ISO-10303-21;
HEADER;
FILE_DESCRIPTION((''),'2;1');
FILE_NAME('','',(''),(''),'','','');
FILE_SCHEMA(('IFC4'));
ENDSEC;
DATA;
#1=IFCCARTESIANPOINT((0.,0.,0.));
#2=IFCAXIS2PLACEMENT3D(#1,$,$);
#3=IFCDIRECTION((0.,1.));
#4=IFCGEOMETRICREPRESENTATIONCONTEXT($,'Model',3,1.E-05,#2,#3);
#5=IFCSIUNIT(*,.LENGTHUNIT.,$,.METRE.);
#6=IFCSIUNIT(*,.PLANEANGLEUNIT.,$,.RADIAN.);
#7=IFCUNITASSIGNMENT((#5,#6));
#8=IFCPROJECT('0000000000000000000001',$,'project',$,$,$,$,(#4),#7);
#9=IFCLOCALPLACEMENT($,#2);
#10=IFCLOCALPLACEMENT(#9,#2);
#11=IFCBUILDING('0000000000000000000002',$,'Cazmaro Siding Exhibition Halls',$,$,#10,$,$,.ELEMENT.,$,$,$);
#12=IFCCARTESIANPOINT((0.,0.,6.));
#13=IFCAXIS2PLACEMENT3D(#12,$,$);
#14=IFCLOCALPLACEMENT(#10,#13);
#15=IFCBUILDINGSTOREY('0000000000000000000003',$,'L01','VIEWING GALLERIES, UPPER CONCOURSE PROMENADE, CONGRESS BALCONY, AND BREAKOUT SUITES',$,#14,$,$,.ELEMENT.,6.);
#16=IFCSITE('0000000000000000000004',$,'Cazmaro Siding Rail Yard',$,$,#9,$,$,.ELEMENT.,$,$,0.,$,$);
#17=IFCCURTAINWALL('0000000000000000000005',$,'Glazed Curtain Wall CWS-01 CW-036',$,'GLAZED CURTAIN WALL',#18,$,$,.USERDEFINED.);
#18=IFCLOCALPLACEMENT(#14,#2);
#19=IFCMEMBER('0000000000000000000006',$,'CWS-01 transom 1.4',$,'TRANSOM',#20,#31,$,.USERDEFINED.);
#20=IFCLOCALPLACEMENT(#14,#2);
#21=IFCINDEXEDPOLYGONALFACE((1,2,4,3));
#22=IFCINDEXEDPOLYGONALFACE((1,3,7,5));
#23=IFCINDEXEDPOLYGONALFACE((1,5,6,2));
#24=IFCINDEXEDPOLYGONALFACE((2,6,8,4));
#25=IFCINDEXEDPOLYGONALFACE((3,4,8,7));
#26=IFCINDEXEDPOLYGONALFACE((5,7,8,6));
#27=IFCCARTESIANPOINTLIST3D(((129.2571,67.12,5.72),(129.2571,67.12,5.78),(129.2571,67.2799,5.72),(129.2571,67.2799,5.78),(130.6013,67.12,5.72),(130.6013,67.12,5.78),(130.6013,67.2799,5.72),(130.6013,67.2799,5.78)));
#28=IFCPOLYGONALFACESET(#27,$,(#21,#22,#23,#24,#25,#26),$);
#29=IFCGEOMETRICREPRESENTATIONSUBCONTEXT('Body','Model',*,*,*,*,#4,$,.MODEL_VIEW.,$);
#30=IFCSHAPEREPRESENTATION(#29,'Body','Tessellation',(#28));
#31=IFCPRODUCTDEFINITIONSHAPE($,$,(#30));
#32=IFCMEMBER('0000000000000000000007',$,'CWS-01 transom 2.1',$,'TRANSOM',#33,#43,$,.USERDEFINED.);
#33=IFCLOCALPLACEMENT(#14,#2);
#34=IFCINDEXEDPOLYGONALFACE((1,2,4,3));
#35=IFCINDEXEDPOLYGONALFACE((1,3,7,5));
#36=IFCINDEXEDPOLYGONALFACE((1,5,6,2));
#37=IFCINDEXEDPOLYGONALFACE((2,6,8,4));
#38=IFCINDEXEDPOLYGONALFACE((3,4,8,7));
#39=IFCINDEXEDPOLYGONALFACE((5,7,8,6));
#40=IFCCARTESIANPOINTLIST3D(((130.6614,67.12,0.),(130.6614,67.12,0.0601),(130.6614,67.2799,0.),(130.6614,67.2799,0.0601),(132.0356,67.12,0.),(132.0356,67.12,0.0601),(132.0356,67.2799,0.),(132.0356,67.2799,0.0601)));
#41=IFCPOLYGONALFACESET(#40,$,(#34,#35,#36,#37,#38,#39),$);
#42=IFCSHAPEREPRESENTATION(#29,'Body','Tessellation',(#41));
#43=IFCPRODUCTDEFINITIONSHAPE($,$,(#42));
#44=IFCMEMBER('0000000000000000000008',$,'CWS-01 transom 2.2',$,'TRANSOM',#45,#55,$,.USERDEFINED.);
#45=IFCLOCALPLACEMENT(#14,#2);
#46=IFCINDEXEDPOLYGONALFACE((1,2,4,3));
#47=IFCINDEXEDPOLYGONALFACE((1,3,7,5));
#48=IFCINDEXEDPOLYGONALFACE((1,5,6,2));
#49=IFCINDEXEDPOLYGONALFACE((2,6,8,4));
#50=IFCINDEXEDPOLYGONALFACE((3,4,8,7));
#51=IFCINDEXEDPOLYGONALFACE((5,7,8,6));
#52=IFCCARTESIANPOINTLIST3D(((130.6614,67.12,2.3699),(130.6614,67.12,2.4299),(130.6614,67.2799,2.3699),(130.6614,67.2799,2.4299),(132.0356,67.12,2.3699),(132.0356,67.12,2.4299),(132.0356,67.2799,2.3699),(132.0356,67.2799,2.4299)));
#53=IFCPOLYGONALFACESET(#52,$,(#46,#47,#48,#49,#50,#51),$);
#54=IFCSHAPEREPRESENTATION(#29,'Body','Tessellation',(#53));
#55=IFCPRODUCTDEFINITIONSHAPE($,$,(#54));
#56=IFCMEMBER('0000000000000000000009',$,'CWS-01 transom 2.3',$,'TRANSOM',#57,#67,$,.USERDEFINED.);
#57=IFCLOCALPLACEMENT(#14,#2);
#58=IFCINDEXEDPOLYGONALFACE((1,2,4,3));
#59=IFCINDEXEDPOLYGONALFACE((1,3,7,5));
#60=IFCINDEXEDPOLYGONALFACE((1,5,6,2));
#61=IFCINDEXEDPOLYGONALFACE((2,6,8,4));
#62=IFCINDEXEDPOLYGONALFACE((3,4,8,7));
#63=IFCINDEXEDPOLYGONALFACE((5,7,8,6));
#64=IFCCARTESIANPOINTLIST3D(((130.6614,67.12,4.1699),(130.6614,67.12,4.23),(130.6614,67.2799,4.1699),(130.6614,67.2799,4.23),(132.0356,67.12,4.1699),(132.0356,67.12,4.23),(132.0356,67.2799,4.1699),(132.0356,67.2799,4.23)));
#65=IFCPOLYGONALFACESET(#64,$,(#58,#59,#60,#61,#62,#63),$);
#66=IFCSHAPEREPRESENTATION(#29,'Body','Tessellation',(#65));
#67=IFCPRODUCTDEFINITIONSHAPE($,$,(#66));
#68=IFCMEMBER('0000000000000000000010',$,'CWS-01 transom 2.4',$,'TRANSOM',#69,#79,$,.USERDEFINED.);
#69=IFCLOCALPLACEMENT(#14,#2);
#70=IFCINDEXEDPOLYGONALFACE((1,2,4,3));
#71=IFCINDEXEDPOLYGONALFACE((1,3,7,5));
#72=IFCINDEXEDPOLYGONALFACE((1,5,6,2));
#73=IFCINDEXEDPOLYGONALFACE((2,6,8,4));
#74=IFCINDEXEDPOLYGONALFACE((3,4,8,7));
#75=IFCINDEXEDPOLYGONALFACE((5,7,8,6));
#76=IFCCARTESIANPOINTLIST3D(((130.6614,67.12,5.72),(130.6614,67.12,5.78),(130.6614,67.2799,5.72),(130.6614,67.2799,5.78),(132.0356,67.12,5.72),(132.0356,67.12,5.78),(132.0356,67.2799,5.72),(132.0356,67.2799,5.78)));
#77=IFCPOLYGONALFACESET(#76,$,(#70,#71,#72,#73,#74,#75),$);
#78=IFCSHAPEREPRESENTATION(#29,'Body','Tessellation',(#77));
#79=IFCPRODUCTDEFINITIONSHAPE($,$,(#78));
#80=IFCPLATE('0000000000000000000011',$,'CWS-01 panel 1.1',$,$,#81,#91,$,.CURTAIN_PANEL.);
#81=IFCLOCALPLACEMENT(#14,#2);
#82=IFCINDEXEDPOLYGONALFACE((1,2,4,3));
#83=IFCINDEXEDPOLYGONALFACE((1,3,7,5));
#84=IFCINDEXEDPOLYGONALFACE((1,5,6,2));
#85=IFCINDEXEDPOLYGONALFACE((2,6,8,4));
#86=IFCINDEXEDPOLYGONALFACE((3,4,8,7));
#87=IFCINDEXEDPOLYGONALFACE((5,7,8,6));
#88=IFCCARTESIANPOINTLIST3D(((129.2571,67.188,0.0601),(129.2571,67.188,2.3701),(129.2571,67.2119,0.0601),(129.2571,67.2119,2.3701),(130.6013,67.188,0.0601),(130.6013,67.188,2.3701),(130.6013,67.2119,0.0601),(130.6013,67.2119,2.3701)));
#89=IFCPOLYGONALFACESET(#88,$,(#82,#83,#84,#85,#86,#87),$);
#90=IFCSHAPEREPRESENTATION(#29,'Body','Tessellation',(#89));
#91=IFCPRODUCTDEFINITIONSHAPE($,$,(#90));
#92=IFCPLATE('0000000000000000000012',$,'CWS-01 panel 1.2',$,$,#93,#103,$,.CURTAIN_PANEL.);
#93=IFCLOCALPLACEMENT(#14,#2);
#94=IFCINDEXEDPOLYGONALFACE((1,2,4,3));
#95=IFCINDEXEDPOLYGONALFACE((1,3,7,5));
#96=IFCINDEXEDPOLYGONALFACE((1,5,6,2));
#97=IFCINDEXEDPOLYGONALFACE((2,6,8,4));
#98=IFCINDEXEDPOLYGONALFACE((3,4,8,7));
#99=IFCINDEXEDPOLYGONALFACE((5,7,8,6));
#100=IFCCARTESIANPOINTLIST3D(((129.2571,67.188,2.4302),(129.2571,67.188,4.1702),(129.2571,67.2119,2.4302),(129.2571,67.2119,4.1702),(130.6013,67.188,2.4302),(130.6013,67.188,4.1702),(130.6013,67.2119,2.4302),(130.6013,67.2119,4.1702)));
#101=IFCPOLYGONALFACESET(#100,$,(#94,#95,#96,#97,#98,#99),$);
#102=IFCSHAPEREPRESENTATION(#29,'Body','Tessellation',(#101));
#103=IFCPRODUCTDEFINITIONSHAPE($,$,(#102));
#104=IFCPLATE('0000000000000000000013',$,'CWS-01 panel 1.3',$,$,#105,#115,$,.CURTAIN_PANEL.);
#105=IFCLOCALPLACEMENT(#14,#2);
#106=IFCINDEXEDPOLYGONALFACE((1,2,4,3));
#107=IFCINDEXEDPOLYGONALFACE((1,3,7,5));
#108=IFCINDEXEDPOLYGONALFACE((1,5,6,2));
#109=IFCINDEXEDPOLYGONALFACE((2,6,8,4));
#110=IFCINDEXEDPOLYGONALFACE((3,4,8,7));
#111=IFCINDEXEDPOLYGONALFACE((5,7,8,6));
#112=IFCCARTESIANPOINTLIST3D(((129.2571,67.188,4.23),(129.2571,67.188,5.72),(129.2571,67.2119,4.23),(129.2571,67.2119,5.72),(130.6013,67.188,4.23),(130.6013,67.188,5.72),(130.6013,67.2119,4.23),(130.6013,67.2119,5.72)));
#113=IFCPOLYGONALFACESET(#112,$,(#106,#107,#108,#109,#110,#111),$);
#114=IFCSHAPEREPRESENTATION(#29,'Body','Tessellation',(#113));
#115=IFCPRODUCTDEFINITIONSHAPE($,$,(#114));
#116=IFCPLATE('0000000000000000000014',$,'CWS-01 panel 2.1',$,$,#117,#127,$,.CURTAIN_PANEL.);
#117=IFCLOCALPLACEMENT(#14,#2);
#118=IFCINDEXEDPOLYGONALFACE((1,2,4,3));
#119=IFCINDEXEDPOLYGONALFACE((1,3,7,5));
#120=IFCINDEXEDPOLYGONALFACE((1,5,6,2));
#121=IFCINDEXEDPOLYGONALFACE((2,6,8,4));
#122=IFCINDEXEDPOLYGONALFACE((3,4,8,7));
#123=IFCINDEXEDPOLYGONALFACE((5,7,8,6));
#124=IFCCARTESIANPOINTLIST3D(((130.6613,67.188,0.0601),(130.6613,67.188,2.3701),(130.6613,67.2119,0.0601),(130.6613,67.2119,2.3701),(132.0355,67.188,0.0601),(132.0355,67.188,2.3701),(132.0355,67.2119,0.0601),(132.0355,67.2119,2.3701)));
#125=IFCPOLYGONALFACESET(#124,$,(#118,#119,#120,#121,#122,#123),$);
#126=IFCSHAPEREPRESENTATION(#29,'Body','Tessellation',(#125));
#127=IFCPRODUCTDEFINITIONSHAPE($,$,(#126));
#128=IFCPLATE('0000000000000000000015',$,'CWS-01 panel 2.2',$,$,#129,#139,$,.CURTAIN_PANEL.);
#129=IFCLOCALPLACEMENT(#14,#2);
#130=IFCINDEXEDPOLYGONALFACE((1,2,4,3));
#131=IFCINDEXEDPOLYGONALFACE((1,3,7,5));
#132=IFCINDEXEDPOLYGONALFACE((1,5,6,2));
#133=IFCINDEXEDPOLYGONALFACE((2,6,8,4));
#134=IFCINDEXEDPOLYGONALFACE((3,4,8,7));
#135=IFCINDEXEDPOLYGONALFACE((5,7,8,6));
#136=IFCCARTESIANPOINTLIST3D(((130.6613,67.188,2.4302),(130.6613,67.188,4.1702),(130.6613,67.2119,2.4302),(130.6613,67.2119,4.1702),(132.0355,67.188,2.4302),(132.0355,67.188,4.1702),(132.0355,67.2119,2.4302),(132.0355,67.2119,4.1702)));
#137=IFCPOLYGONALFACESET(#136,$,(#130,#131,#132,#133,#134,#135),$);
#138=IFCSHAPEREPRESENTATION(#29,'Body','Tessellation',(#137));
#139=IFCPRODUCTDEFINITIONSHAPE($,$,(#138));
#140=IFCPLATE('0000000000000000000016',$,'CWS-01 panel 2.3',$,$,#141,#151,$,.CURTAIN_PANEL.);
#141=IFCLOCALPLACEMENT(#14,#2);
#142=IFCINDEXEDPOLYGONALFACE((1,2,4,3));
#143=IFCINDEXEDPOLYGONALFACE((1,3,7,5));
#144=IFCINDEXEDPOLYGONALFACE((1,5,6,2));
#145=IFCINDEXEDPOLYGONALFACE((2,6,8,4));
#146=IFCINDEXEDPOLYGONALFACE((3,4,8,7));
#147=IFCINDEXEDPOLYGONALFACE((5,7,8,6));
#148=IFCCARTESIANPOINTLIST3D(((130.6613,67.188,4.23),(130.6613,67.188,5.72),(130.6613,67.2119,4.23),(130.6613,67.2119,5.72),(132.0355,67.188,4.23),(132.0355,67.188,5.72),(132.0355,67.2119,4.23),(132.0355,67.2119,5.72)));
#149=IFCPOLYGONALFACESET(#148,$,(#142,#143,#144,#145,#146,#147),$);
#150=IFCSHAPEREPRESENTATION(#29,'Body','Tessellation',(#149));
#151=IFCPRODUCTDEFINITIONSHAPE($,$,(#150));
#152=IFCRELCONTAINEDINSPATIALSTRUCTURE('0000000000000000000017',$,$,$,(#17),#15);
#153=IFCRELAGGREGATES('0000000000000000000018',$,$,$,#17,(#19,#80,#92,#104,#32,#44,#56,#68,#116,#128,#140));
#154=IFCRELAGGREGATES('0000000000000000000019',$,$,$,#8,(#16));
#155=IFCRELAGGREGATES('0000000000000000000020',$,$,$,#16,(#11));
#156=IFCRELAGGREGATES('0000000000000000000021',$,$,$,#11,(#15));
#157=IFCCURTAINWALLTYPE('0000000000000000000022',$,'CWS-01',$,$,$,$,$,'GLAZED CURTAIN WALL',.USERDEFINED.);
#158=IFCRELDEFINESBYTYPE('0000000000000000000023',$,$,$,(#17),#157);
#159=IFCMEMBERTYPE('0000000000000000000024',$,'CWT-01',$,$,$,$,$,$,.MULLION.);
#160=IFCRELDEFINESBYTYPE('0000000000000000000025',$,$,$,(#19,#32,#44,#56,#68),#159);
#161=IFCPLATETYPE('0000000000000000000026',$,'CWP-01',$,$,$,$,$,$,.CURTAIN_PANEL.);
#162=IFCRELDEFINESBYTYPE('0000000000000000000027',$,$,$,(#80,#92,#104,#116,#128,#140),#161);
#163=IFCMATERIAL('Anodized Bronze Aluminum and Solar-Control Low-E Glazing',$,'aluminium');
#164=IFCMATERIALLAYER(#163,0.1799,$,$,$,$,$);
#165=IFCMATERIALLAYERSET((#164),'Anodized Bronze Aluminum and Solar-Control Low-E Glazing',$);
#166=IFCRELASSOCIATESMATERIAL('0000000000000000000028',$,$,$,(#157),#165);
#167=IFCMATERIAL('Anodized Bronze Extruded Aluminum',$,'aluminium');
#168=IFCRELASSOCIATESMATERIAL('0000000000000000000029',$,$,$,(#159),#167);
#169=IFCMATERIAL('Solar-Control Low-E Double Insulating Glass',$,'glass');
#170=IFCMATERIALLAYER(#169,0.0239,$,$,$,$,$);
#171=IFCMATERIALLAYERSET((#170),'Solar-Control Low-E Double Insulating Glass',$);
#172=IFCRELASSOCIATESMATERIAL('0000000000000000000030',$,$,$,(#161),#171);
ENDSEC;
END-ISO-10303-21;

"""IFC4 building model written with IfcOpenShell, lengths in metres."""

from ifc_helpers import new_model, si_unit, direction, frame, origin, origin_2d, place, context, subcontext, project, spatial, rectangle, extrude, material, layer, layer_set, material_profile, profile_set, type_object, element, aggregate, save


model = new_model("IFC4")

# Units and contexts
model_context = context("Model", 3, precision=1e-05, world=origin(), true_north=direction((0.0, 1.0)))
body_context = subcontext(model_context, "Body", "Model", "MODEL_VIEW")
ifc_project = project(units=[si_unit("LENGTHUNIT", "METRE"), si_unit("PLANEANGLEUNIT", "RADIAN")], contexts=[model_context])

# Site, building, storey
site_placement = place(None, origin())
site = spatial("IfcSite", under=ifc_project, at=site_placement, Name="Cazmaro Siding Rail Yard", CompositionType="ELEMENT", RefElevation=0.0)
building_placement = place(site_placement, origin())
building = spatial("IfcBuilding", under=site, at=building_placement, Name="Cazmaro Siding Exhibition Halls", CompositionType="ELEMENT")
storey_placement = place(building_placement, frame((0.0, 0.0, 6.0)))
storey = spatial("IfcBuildingStorey", under=building, at=storey_placement, Name="L01", Description="VIEWING GALLERIES, UPPER CONCOURSE PROMENADE, CONGRESS BALCONY, AND BREAKOUT SUITES", CompositionType="ELEMENT", Elevation=6.0)

# Curtain wall, members, plates
ifc_material_1 = material(Name="Anodized Bronze Aluminum and Solar-Control Low-E Glazing", Category="aluminium")
ifc_layer_1 = layer(ifc_material_1, 0.1799)
ifc_layer_set_1 = layer_set([ifc_layer_1], Name="Anodized Bronze Aluminum and Solar-Control Low-E Glazing")
curtain_wall_type = type_object("IfcCurtainWallType", Name="CWS-01", ElementType="GLAZED CURTAIN WALL", PredefinedType="USERDEFINED", material=ifc_layer_set_1)
curtain_wall_placement = place(storey_placement, origin())
curtain_wall = element("IfcCurtainWall", 1, at=curtain_wall_placement, inside=storey, type_object=curtain_wall_type, Name="Glazed Curtain Wall CWS-01 CW-036", ObjectType="GLAZED CURTAIN WALL", PredefinedType="USERDEFINED")
ifc_material_2 = material(Name="Anodized Bronze Extruded Aluminum", Category="aluminium")
ifc_material_profile_1 = material_profile(ifc_material_2, rectangle(XDim=0.1599, YDim=0.0601, at=origin_2d()), Name="CWT-01")
ifc_profile_set_1 = profile_set([ifc_material_profile_1], Name="Anodized Bronze Extruded Aluminum")
member_type_1 = type_object("IfcMemberType", Name="CWT-01", PredefinedType="MULLION", material=ifc_profile_set_1)
member_1_placement = place(storey_placement, frame((129.2571, 67.2, 5.75), z_axis=(1.0, 0.0, 0.0), x_axis=(0.0, 1.0, 0.0)))
member_1 = element("IfcMember", 2, at=member_1_placement, type_object=member_type_1, Name="CWS-01 transom 1.4", ObjectType="TRANSOM", PredefinedType="USERDEFINED", context=body_context, shape_type="SweptSolid", body=[
    extrude(rectangle(XDim=0.1599, YDim=0.0601, at=origin_2d()), origin(), (0.0, 0.0, 1.0), 1.3442),
])
member_2_placement = place(storey_placement, frame((130.6614, 67.2, 0.03), z_axis=(1.0, 0.0, 0.0), x_axis=(0.0, 1.0, 0.0)))
member_2 = element("IfcMember", 3, at=member_2_placement, type_object=member_type_1, Name="CWS-01 transom 2.1", ObjectType="TRANSOM", PredefinedType="USERDEFINED", context=body_context, shape_type="SweptSolid", body=[
    extrude(rectangle(XDim=0.1599, YDim=0.0601, at=origin_2d()), origin(), (0.0, 0.0, 1.0), 1.3743),
])
member_3_placement = place(storey_placement, frame((130.6614, 67.2, 2.3999), z_axis=(1.0, 0.0, 0.0), x_axis=(0.0, 1.0, 0.0)))
member_3 = element("IfcMember", 4, at=member_3_placement, type_object=member_type_1, Name="CWS-01 transom 2.2", ObjectType="TRANSOM", PredefinedType="USERDEFINED", context=body_context, shape_type="SweptSolid", body=[
    extrude(rectangle(XDim=0.1599, YDim=0.0601, at=origin_2d()), origin(), (0.0, 0.0, 1.0), 1.3743),
])
member_4_placement = place(storey_placement, frame((130.6614, 67.2, 4.2), z_axis=(1.0, 0.0, 0.0), x_axis=(0.0, 1.0, 0.0)))
member_4 = element("IfcMember", 5, at=member_4_placement, type_object=member_type_1, Name="CWS-01 transom 2.3", ObjectType="TRANSOM", PredefinedType="USERDEFINED", context=body_context, shape_type="SweptSolid", body=[
    extrude(rectangle(XDim=0.1599, YDim=0.0601, at=origin_2d()), origin(), (0.0, 0.0, 1.0), 1.3743),
])
member_5_placement = place(storey_placement, frame((130.6614, 67.2, 5.75), z_axis=(1.0, 0.0, 0.0), x_axis=(0.0, 1.0, 0.0)))
member_5 = element("IfcMember", 6, at=member_5_placement, type_object=member_type_1, Name="CWS-01 transom 2.4", ObjectType="TRANSOM", PredefinedType="USERDEFINED", context=body_context, shape_type="SweptSolid", body=[
    extrude(rectangle(XDim=0.1599, YDim=0.0601, at=origin_2d()), origin(), (0.0, 0.0, 1.0), 1.3743),
])
ifc_material_3 = material(Name="Solar-Control Low-E Double Insulating Glass", Category="glass")
ifc_layer_2 = layer(ifc_material_3, 0.0239)
ifc_layer_set_2 = layer_set([ifc_layer_2], Name="Solar-Control Low-E Double Insulating Glass")
plate_type = type_object("IfcPlateType", Name="CWP-01", PredefinedType="CURTAIN_PANEL", material=ifc_layer_set_2)
plate_1_placement = place(storey_placement, frame((129.9292, 67.2, 0.0601), z_axis=(0.0, 0.0, 1.0), x_axis=(1.0, 0.0, 0.0)))
plate_1 = element("IfcPlate", 7, at=plate_1_placement, type_object=plate_type, Name="CWS-01 panel 1.1", PredefinedType="CURTAIN_PANEL", context=body_context, shape_type="SweptSolid", body=[
    extrude(rectangle(XDim=1.3442, YDim=0.0239, at=origin_2d()), origin(), (0.0, 0.0, 1.0), 2.3101),
])
plate_2_placement = place(storey_placement, frame((129.9292, 67.2, 2.4302), z_axis=(0.0, 0.0, 1.0), x_axis=(1.0, 0.0, 0.0)))
plate_2 = element("IfcPlate", 8, at=plate_2_placement, type_object=plate_type, Name="CWS-01 panel 1.2", PredefinedType="CURTAIN_PANEL", context=body_context, shape_type="SweptSolid", body=[
    extrude(rectangle(XDim=1.3442, YDim=0.0239, at=origin_2d()), origin(), (0.0, 0.0, 1.0), 1.74),
])
plate_3_placement = place(storey_placement, frame((129.9292, 67.2, 4.23), z_axis=(0.0, 0.0, 1.0), x_axis=(1.0, 0.0, 0.0)))
plate_3 = element("IfcPlate", 9, at=plate_3_placement, type_object=plate_type, Name="CWS-01 panel 1.3", PredefinedType="CURTAIN_PANEL", context=body_context, shape_type="SweptSolid", body=[
    extrude(rectangle(XDim=1.3442, YDim=0.0239, at=origin_2d()), origin(), (0.0, 0.0, 1.0), 1.49),
])
plate_4_placement = place(storey_placement, frame((131.3484, 67.2, 0.0601), z_axis=(0.0, 0.0, 1.0), x_axis=(1.0, 0.0, 0.0)))
plate_4 = element("IfcPlate", 10, at=plate_4_placement, type_object=plate_type, Name="CWS-01 panel 2.1", PredefinedType="CURTAIN_PANEL", context=body_context, shape_type="SweptSolid", body=[
    extrude(rectangle(XDim=1.3743, YDim=0.0239, at=origin_2d()), origin(), (0.0, 0.0, 1.0), 2.3101),
])
plate_5_placement = place(storey_placement, frame((131.3484, 67.2, 2.4302), z_axis=(0.0, 0.0, 1.0), x_axis=(1.0, 0.0, 0.0)))
plate_5 = element("IfcPlate", 11, at=plate_5_placement, type_object=plate_type, Name="CWS-01 panel 2.2", PredefinedType="CURTAIN_PANEL", context=body_context, shape_type="SweptSolid", body=[
    extrude(rectangle(XDim=1.3743, YDim=0.0239, at=origin_2d()), origin(), (0.0, 0.0, 1.0), 1.74),
])
plate_6_placement = place(storey_placement, frame((131.3484, 67.2, 4.23), z_axis=(0.0, 0.0, 1.0), x_axis=(1.0, 0.0, 0.0)))
plate_6 = element("IfcPlate", 12, at=plate_6_placement, type_object=plate_type, Name="CWS-01 panel 2.3", PredefinedType="CURTAIN_PANEL", context=body_context, shape_type="SweptSolid", body=[
    extrude(rectangle(XDim=1.3743, YDim=0.0239, at=origin_2d()), origin(), (0.0, 0.0, 1.0), 1.49),
])
aggregate(curtain_wall, [member_1, plate_1, plate_2, plate_3, member_2, member_3, member_4, member_5, plate_4, plate_5, plate_6])

save(model, "model.ifc")
